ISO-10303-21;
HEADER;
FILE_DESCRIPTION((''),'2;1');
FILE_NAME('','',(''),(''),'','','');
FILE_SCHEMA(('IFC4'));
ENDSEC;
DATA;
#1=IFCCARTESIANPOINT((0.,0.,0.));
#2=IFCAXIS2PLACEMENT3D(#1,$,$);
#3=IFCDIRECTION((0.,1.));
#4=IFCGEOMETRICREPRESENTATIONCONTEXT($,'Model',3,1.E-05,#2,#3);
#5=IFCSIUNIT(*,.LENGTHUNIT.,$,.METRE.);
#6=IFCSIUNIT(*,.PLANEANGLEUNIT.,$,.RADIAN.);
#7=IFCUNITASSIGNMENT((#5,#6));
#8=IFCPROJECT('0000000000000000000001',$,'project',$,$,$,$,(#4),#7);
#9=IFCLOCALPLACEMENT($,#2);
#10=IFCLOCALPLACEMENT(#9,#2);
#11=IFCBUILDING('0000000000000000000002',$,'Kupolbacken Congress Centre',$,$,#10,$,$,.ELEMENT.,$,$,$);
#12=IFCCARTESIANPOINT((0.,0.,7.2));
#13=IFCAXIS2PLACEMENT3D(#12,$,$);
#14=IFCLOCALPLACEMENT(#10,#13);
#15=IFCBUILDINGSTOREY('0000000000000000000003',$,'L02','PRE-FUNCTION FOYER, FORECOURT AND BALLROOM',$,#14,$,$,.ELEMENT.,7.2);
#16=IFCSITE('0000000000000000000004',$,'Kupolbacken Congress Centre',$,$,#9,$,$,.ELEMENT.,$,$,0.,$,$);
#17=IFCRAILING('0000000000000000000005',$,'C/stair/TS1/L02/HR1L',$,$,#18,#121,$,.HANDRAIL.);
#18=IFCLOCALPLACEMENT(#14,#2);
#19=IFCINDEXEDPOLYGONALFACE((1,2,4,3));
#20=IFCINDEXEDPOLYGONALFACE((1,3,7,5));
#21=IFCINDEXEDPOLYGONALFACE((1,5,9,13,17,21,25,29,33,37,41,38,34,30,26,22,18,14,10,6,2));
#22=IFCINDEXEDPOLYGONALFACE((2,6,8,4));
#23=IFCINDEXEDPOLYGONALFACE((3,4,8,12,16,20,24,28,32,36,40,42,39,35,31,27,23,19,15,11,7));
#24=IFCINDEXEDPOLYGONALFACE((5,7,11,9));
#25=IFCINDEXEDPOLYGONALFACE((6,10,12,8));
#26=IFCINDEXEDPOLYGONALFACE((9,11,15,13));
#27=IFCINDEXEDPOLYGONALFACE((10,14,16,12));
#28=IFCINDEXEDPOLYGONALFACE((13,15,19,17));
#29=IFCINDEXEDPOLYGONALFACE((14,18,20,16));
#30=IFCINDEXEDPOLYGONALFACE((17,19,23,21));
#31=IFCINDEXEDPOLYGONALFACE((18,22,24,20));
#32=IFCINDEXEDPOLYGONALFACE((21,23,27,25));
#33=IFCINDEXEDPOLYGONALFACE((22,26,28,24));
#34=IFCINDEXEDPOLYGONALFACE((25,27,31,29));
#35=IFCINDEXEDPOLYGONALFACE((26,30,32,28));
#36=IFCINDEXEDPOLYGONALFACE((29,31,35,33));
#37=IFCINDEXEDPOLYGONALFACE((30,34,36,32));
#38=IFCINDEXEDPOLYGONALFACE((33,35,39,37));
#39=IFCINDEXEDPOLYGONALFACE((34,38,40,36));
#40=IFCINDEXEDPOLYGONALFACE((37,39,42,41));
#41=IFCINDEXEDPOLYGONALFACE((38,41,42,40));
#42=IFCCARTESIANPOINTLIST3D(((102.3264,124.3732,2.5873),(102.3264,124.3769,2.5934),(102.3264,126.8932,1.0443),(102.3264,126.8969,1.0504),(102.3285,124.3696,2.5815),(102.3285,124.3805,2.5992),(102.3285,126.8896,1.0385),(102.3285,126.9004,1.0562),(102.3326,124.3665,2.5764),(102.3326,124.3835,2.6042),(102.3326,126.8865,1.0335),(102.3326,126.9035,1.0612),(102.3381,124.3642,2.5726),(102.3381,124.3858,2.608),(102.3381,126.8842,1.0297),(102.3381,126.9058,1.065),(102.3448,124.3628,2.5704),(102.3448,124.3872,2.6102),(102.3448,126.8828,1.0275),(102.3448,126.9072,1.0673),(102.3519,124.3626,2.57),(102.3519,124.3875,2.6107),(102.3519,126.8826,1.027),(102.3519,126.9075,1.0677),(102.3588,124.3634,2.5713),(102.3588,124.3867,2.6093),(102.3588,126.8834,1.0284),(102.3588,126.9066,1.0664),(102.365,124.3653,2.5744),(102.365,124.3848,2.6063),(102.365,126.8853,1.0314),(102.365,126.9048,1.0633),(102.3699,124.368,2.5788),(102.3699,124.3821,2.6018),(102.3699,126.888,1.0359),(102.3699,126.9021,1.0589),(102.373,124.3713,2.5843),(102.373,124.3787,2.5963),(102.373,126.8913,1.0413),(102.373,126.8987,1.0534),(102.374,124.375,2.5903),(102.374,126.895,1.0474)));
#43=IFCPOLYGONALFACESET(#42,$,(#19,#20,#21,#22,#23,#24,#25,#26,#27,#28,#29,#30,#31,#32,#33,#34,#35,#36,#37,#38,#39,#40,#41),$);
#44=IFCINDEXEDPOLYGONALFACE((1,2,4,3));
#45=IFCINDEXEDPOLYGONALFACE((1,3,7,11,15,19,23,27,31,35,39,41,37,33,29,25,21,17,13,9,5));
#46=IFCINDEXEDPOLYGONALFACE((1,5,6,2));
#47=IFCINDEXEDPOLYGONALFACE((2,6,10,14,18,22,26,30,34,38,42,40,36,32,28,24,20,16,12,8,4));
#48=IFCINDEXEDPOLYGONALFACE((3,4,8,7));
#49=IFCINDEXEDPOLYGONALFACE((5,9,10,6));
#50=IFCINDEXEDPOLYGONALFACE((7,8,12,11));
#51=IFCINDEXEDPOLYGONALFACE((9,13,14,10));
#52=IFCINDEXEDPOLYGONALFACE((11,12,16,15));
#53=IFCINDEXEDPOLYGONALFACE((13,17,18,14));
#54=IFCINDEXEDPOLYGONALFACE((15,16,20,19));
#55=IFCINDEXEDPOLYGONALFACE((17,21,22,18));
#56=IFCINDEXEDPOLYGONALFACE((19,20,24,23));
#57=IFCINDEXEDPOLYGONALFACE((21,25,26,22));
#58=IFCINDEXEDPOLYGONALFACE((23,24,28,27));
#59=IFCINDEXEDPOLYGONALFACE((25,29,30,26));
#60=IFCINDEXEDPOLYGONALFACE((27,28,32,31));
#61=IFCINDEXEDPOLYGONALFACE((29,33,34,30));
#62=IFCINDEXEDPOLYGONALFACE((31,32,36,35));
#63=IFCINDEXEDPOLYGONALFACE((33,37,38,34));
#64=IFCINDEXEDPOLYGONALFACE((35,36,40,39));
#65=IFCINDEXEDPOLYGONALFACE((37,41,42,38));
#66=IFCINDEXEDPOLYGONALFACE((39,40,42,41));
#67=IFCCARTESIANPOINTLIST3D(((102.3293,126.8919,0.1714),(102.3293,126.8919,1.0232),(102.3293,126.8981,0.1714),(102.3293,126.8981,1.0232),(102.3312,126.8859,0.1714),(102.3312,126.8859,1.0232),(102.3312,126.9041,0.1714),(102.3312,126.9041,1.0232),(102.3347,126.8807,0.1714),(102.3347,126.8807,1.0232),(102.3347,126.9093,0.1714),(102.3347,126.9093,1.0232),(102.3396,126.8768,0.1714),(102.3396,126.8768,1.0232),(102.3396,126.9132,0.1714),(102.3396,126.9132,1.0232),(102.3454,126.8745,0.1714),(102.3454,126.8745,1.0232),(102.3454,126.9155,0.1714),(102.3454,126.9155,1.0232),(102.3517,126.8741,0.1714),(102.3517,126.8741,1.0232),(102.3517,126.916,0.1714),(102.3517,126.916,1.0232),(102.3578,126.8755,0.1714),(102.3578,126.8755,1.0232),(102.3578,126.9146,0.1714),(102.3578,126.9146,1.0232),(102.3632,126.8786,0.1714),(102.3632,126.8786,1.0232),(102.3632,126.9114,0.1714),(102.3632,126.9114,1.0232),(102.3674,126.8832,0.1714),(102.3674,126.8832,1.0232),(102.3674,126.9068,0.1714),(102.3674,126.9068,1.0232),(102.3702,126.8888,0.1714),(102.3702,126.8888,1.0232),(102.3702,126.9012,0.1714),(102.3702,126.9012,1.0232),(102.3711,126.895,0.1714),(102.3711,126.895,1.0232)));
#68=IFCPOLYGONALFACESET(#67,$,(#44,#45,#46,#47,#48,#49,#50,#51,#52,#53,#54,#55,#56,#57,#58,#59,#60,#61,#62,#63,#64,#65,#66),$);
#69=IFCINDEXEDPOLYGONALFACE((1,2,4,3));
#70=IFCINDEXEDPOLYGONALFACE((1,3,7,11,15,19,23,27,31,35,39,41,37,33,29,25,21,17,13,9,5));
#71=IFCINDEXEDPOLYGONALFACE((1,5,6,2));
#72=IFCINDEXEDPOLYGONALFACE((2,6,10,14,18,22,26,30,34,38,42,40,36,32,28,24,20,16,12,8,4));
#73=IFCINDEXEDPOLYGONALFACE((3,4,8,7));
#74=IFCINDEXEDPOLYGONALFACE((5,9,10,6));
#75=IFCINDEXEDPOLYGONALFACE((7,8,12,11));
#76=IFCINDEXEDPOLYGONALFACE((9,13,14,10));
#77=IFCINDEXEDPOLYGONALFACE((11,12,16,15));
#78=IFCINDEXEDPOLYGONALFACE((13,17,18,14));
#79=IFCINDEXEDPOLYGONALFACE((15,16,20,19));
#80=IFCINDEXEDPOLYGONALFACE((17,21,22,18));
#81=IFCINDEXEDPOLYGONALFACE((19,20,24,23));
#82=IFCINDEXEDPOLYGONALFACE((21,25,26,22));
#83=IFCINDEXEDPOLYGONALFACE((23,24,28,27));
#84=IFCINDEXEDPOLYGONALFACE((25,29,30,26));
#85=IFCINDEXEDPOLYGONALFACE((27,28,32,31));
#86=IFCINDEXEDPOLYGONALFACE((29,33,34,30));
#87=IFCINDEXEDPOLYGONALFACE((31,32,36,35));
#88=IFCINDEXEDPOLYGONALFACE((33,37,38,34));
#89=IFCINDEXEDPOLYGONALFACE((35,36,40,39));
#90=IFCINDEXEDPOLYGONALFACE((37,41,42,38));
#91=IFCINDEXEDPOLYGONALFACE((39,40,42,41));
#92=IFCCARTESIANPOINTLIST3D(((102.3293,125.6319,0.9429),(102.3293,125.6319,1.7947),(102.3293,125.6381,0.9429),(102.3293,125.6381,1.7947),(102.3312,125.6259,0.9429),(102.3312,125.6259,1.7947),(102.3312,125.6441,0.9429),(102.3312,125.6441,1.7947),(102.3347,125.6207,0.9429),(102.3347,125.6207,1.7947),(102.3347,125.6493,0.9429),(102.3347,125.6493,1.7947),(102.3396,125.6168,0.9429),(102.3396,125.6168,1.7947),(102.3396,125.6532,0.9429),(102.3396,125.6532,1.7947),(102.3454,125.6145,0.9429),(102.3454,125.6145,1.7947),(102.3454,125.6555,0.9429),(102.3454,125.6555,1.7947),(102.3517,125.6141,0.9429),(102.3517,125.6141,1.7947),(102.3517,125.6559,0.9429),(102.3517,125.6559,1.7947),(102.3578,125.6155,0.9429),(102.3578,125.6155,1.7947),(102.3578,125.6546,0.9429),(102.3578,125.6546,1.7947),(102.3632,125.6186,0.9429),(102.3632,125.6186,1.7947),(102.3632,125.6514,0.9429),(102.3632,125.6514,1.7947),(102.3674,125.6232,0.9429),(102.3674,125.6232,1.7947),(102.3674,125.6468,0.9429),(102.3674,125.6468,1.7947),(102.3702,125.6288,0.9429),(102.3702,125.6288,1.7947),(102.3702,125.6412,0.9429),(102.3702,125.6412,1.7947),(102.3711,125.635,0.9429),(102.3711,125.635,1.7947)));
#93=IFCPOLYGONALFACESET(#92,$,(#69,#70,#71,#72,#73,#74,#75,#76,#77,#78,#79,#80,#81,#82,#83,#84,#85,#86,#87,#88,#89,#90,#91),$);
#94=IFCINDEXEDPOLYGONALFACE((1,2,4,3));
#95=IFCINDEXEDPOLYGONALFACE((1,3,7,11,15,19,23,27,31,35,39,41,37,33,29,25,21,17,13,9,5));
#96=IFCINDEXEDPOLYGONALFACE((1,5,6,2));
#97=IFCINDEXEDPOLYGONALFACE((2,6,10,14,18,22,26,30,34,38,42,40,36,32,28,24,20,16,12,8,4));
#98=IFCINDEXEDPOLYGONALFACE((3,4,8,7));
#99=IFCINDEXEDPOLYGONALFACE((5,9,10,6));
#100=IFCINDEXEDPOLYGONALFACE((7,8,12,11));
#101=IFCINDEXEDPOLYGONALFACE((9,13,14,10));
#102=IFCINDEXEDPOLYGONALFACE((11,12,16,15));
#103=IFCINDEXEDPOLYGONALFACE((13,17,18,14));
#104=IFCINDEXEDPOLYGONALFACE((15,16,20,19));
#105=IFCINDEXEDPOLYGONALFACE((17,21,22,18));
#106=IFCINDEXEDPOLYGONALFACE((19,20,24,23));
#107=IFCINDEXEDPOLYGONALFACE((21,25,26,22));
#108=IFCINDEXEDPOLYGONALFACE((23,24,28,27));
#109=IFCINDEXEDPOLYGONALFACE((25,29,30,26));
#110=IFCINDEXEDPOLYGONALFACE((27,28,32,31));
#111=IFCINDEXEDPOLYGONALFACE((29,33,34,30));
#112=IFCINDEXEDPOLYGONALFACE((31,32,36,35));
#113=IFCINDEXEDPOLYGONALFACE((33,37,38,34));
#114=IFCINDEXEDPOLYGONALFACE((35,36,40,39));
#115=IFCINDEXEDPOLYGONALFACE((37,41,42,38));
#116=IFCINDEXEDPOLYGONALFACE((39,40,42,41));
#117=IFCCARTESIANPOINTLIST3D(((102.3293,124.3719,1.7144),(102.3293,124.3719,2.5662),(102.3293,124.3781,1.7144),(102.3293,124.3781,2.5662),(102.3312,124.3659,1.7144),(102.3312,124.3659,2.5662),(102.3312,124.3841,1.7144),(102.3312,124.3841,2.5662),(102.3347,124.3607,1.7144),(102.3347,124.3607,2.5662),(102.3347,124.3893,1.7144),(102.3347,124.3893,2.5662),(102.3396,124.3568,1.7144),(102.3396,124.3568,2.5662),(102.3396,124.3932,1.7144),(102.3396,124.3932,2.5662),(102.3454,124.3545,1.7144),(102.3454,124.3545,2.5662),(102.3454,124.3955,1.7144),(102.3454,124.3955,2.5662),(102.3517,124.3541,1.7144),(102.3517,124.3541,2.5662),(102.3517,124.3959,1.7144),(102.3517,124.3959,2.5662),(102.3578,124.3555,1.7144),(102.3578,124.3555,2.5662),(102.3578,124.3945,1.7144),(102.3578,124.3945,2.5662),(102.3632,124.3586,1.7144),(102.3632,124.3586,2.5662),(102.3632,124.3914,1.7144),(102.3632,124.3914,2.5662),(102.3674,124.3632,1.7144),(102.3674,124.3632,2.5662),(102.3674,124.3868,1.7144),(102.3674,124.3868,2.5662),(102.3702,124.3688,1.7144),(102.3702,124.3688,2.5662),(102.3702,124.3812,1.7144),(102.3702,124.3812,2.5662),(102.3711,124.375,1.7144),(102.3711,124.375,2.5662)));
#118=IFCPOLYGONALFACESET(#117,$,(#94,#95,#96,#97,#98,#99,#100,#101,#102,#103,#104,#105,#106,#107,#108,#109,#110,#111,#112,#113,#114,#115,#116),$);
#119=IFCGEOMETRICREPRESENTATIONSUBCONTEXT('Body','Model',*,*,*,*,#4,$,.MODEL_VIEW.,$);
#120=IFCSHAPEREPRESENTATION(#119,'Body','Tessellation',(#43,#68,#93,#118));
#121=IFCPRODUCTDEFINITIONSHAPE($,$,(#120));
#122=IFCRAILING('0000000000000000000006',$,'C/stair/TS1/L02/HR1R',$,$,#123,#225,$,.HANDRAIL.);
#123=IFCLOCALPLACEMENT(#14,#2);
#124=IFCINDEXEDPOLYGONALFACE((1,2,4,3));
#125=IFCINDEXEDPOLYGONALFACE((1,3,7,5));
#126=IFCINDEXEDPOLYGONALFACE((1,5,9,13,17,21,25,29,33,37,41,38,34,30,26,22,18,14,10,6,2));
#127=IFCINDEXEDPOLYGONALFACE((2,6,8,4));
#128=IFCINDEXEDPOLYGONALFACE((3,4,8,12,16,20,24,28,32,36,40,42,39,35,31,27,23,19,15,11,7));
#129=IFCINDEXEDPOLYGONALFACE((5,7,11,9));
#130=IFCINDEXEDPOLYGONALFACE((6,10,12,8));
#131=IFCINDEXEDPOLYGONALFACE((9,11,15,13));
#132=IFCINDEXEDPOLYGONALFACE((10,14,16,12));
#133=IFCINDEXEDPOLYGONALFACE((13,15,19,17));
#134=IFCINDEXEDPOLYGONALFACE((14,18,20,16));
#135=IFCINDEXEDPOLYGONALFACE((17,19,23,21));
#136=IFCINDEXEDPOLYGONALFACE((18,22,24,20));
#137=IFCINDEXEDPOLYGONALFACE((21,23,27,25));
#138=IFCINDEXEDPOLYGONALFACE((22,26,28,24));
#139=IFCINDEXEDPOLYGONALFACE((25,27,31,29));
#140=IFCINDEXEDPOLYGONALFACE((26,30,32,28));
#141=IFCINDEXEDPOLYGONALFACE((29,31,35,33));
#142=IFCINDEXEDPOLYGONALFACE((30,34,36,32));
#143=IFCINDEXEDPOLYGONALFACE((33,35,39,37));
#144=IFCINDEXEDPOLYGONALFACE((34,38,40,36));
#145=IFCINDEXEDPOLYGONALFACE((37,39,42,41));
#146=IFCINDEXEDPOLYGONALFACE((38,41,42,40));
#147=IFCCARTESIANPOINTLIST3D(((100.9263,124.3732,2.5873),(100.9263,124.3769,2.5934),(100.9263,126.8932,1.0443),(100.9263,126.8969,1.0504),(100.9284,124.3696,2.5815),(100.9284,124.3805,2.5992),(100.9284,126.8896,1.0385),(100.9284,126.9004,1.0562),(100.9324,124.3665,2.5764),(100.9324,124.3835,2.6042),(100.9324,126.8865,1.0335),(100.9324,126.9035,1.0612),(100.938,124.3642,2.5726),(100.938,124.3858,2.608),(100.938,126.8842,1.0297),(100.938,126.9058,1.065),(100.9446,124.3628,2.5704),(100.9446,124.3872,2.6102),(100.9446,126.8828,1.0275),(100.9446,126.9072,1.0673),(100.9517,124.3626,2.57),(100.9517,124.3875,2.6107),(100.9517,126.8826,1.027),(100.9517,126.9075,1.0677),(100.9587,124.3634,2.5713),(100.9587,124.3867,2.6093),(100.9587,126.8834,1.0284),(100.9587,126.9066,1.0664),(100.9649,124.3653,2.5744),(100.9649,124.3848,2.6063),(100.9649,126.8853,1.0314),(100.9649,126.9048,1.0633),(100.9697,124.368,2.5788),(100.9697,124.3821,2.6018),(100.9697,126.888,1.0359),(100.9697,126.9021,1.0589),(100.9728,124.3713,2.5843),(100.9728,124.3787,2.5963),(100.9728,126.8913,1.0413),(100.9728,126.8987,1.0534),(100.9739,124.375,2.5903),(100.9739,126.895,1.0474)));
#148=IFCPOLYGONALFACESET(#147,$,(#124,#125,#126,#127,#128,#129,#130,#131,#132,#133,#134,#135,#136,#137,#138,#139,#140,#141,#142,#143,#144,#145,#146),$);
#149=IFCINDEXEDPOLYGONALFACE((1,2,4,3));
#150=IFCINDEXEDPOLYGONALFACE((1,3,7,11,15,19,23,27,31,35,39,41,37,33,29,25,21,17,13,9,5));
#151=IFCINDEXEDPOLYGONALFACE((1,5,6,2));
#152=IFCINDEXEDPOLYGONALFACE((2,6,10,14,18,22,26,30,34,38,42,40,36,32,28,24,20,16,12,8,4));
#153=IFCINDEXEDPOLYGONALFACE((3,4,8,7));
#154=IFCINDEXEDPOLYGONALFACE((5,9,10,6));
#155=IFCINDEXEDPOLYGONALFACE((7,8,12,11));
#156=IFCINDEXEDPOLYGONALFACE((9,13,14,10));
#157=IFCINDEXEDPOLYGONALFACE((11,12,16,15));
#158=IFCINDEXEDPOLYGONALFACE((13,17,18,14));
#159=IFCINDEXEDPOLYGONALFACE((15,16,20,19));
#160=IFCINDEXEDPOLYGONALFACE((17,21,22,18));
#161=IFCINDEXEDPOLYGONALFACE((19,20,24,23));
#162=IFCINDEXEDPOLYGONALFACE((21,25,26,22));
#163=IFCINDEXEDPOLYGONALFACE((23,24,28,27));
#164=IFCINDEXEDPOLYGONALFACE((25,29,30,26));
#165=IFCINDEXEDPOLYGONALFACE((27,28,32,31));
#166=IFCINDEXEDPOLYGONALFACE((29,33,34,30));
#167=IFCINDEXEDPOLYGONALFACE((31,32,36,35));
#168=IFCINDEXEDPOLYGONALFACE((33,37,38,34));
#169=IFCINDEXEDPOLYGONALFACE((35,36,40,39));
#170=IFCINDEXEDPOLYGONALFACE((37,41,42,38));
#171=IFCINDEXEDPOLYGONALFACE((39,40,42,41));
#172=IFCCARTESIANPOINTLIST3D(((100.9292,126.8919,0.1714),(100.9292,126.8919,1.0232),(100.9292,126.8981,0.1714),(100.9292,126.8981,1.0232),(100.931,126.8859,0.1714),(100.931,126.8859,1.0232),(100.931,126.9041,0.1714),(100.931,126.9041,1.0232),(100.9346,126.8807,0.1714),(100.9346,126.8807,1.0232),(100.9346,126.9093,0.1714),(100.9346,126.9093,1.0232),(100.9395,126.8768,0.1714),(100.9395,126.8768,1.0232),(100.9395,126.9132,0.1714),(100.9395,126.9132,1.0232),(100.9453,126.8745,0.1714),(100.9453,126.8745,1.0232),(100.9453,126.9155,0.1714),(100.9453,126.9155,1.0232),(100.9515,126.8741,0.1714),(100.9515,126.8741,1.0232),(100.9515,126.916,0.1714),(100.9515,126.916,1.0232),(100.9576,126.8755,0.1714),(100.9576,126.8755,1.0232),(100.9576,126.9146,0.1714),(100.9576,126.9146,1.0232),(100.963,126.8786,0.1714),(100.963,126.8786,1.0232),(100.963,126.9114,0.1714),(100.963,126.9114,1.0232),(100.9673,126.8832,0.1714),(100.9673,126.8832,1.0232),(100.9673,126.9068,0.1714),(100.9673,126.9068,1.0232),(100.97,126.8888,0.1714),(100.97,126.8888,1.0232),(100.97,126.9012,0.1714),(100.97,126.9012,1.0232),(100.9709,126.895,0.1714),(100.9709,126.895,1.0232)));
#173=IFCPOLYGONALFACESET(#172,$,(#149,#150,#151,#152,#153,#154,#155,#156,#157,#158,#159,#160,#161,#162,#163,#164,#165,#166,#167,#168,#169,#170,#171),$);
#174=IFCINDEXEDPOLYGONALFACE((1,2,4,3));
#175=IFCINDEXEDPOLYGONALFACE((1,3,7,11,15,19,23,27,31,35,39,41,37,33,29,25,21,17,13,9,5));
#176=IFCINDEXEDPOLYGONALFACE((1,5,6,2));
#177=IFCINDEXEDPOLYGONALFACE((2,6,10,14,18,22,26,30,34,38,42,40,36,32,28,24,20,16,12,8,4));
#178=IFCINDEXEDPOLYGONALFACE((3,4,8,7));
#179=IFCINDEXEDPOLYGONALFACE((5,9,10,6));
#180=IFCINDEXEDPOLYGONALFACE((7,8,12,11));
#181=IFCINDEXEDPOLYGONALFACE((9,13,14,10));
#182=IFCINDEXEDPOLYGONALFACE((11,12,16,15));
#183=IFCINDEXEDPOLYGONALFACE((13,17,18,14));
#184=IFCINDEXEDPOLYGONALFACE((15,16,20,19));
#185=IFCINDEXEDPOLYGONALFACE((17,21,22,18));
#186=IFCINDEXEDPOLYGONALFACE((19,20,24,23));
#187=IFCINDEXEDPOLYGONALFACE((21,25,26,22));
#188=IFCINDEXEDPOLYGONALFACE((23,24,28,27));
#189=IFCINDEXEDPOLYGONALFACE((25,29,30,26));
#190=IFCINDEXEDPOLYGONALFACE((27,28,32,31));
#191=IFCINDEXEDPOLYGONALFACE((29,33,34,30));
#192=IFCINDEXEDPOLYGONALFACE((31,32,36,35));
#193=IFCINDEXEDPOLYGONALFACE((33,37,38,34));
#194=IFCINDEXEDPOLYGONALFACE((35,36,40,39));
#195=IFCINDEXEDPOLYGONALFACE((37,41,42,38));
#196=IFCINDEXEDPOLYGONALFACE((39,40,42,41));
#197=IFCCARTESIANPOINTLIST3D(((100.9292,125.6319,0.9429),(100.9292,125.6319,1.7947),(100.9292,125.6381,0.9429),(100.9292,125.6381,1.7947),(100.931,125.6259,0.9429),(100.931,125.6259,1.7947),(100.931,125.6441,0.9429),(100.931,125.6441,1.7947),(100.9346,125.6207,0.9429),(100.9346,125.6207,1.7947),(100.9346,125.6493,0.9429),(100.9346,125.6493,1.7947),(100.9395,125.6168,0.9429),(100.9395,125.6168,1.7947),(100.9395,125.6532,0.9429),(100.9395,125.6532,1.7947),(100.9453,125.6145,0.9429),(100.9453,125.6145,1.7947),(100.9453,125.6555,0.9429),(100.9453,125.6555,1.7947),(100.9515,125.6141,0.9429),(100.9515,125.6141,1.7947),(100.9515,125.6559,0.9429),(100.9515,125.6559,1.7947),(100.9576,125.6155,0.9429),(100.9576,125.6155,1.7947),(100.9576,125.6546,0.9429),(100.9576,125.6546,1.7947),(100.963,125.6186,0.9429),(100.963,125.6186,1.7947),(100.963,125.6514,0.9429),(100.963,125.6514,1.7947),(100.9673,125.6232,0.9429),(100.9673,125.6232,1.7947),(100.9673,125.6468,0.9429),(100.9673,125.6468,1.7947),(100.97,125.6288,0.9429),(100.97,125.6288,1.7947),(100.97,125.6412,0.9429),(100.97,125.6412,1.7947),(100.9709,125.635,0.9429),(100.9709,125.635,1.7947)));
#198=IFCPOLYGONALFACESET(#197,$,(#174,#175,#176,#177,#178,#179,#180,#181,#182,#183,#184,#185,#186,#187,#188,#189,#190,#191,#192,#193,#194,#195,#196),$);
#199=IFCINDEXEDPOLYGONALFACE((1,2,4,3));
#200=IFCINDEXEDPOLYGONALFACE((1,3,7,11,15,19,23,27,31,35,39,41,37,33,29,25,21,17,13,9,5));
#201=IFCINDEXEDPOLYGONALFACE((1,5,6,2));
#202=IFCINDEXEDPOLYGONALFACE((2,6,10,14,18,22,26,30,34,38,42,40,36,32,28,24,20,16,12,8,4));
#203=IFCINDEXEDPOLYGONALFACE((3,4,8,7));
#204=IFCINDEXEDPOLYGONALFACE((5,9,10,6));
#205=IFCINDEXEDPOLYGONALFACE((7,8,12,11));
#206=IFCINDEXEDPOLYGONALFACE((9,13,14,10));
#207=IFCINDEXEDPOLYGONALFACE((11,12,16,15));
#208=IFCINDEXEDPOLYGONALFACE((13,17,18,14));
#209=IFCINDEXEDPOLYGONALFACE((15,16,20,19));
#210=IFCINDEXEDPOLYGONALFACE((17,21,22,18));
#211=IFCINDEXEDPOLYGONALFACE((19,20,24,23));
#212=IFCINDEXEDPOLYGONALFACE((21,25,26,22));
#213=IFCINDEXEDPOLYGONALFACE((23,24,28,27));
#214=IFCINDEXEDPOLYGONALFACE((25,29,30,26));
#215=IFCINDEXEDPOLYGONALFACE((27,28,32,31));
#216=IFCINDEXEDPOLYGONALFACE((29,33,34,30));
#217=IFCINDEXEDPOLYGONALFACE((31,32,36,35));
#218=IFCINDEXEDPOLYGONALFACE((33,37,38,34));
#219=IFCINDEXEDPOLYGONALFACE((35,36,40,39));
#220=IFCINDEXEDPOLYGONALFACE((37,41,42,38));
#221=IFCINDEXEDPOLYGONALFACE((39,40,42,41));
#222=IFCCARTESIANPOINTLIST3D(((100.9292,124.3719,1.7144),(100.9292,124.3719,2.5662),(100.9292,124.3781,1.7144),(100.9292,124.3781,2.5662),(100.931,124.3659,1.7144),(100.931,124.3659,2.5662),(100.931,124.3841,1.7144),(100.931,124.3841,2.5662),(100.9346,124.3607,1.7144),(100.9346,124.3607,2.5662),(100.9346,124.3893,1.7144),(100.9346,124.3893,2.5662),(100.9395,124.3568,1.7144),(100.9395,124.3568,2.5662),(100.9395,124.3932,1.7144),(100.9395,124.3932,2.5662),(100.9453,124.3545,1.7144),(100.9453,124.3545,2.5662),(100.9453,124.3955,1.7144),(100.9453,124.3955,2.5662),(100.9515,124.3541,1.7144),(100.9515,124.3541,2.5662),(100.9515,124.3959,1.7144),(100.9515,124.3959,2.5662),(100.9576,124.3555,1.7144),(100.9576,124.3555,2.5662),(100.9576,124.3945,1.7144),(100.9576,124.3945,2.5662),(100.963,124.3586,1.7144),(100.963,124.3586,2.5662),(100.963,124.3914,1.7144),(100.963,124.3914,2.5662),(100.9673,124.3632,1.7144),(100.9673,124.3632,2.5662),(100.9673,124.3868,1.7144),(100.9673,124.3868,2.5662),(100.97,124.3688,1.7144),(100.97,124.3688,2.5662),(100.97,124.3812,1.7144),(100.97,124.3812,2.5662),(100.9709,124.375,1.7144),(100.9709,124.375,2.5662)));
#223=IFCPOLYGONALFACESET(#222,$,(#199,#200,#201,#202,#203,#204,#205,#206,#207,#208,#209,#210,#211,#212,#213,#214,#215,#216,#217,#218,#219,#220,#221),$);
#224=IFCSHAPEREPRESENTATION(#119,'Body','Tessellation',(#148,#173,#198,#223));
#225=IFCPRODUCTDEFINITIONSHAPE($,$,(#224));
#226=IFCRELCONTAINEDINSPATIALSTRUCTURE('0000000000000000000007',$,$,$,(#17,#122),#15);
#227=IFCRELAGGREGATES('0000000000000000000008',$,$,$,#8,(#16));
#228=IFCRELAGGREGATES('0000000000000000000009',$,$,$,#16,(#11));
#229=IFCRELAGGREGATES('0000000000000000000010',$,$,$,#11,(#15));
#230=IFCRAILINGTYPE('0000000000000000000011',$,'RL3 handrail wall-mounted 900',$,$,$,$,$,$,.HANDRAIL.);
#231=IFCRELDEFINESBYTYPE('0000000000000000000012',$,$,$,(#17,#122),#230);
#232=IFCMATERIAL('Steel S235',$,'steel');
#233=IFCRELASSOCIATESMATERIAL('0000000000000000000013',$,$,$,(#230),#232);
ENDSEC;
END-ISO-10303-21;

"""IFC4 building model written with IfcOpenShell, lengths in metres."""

from ifc_helpers import new_model, si_unit, direction, frame, origin, origin_2d, place, context, subcontext, project, spatial, circle, extrude, material, type_object, element, save


model = new_model("IFC4")

# Units and contexts
model_context = context("Model", 3, precision=1e-05, world=origin(), true_north=direction((0.0, 1.0)))
body_context = subcontext(model_context, "Body", "Model", "MODEL_VIEW")
ifc_project = project(units=[si_unit("LENGTHUNIT", "METRE"), si_unit("PLANEANGLEUNIT", "RADIAN")], contexts=[model_context])

# Site, building, storey
site_placement = place(None, origin())
site = spatial("IfcSite", under=ifc_project, at=site_placement, Name="Kupolbacken Congress Centre", CompositionType="ELEMENT", RefElevation=0.0)
building_placement = place(site_placement, origin())
building = spatial("IfcBuilding", under=site, at=building_placement, Name="Kupolbacken Congress Centre", CompositionType="ELEMENT")
storey_placement = place(building_placement, frame((0.0, 0.0, 7.2)))
storey = spatial("IfcBuildingStorey", under=building, at=storey_placement, Name="L02", Description="PRE-FUNCTION FOYER, FORECOURT AND BALLROOM", CompositionType="ELEMENT", Elevation=7.2)

# Railings
ifc_material_1 = material(Name="Steel S235", Category="steel")
railing_type = type_object("IfcRailingType", Name="RL3 handrail wall-mounted 900", PredefinedType="HANDRAIL", material=ifc_material_1)
for number, where, name in (
    (1, (102.3501, 126.895, 0.1714), "C/stair/TS1/L02/HR1L"),
    (2, (100.95, 126.895, 0.1714), "C/stair/TS1/L02/HR1R"),
):
    element("IfcRailing", number, at=place(storey_placement, frame(where)), inside=storey, type_object=railing_type, Name=name, PredefinedType="HANDRAIL", context=body_context, shape_type="SweptSolid", body=[
        extrude(circle(Radius=0.0239, at=origin_2d()), frame((0.0, 0.0, 0.876), z_axis=(0.0, -0.852836, 0.522178), x_axis=(1.0, 0.0, 0.0)), (0.0, 0.0, 1.0), 2.9548),
        extrude(circle(Radius=0.021, at=origin_2d()), origin(), (0.0, 0.0, 1.0), 0.8518),
        extrude(circle(Radius=0.021, at=origin_2d()), frame((0.0, -1.26, 0.7715)), (0.0, 0.0, 1.0), 0.8518),
        extrude(circle(Radius=0.021, at=origin_2d()), frame((0.0, -2.52, 1.543)), (0.0, 0.0, 1.0), 0.8518),
    ])

save(model, "model.ifc")
